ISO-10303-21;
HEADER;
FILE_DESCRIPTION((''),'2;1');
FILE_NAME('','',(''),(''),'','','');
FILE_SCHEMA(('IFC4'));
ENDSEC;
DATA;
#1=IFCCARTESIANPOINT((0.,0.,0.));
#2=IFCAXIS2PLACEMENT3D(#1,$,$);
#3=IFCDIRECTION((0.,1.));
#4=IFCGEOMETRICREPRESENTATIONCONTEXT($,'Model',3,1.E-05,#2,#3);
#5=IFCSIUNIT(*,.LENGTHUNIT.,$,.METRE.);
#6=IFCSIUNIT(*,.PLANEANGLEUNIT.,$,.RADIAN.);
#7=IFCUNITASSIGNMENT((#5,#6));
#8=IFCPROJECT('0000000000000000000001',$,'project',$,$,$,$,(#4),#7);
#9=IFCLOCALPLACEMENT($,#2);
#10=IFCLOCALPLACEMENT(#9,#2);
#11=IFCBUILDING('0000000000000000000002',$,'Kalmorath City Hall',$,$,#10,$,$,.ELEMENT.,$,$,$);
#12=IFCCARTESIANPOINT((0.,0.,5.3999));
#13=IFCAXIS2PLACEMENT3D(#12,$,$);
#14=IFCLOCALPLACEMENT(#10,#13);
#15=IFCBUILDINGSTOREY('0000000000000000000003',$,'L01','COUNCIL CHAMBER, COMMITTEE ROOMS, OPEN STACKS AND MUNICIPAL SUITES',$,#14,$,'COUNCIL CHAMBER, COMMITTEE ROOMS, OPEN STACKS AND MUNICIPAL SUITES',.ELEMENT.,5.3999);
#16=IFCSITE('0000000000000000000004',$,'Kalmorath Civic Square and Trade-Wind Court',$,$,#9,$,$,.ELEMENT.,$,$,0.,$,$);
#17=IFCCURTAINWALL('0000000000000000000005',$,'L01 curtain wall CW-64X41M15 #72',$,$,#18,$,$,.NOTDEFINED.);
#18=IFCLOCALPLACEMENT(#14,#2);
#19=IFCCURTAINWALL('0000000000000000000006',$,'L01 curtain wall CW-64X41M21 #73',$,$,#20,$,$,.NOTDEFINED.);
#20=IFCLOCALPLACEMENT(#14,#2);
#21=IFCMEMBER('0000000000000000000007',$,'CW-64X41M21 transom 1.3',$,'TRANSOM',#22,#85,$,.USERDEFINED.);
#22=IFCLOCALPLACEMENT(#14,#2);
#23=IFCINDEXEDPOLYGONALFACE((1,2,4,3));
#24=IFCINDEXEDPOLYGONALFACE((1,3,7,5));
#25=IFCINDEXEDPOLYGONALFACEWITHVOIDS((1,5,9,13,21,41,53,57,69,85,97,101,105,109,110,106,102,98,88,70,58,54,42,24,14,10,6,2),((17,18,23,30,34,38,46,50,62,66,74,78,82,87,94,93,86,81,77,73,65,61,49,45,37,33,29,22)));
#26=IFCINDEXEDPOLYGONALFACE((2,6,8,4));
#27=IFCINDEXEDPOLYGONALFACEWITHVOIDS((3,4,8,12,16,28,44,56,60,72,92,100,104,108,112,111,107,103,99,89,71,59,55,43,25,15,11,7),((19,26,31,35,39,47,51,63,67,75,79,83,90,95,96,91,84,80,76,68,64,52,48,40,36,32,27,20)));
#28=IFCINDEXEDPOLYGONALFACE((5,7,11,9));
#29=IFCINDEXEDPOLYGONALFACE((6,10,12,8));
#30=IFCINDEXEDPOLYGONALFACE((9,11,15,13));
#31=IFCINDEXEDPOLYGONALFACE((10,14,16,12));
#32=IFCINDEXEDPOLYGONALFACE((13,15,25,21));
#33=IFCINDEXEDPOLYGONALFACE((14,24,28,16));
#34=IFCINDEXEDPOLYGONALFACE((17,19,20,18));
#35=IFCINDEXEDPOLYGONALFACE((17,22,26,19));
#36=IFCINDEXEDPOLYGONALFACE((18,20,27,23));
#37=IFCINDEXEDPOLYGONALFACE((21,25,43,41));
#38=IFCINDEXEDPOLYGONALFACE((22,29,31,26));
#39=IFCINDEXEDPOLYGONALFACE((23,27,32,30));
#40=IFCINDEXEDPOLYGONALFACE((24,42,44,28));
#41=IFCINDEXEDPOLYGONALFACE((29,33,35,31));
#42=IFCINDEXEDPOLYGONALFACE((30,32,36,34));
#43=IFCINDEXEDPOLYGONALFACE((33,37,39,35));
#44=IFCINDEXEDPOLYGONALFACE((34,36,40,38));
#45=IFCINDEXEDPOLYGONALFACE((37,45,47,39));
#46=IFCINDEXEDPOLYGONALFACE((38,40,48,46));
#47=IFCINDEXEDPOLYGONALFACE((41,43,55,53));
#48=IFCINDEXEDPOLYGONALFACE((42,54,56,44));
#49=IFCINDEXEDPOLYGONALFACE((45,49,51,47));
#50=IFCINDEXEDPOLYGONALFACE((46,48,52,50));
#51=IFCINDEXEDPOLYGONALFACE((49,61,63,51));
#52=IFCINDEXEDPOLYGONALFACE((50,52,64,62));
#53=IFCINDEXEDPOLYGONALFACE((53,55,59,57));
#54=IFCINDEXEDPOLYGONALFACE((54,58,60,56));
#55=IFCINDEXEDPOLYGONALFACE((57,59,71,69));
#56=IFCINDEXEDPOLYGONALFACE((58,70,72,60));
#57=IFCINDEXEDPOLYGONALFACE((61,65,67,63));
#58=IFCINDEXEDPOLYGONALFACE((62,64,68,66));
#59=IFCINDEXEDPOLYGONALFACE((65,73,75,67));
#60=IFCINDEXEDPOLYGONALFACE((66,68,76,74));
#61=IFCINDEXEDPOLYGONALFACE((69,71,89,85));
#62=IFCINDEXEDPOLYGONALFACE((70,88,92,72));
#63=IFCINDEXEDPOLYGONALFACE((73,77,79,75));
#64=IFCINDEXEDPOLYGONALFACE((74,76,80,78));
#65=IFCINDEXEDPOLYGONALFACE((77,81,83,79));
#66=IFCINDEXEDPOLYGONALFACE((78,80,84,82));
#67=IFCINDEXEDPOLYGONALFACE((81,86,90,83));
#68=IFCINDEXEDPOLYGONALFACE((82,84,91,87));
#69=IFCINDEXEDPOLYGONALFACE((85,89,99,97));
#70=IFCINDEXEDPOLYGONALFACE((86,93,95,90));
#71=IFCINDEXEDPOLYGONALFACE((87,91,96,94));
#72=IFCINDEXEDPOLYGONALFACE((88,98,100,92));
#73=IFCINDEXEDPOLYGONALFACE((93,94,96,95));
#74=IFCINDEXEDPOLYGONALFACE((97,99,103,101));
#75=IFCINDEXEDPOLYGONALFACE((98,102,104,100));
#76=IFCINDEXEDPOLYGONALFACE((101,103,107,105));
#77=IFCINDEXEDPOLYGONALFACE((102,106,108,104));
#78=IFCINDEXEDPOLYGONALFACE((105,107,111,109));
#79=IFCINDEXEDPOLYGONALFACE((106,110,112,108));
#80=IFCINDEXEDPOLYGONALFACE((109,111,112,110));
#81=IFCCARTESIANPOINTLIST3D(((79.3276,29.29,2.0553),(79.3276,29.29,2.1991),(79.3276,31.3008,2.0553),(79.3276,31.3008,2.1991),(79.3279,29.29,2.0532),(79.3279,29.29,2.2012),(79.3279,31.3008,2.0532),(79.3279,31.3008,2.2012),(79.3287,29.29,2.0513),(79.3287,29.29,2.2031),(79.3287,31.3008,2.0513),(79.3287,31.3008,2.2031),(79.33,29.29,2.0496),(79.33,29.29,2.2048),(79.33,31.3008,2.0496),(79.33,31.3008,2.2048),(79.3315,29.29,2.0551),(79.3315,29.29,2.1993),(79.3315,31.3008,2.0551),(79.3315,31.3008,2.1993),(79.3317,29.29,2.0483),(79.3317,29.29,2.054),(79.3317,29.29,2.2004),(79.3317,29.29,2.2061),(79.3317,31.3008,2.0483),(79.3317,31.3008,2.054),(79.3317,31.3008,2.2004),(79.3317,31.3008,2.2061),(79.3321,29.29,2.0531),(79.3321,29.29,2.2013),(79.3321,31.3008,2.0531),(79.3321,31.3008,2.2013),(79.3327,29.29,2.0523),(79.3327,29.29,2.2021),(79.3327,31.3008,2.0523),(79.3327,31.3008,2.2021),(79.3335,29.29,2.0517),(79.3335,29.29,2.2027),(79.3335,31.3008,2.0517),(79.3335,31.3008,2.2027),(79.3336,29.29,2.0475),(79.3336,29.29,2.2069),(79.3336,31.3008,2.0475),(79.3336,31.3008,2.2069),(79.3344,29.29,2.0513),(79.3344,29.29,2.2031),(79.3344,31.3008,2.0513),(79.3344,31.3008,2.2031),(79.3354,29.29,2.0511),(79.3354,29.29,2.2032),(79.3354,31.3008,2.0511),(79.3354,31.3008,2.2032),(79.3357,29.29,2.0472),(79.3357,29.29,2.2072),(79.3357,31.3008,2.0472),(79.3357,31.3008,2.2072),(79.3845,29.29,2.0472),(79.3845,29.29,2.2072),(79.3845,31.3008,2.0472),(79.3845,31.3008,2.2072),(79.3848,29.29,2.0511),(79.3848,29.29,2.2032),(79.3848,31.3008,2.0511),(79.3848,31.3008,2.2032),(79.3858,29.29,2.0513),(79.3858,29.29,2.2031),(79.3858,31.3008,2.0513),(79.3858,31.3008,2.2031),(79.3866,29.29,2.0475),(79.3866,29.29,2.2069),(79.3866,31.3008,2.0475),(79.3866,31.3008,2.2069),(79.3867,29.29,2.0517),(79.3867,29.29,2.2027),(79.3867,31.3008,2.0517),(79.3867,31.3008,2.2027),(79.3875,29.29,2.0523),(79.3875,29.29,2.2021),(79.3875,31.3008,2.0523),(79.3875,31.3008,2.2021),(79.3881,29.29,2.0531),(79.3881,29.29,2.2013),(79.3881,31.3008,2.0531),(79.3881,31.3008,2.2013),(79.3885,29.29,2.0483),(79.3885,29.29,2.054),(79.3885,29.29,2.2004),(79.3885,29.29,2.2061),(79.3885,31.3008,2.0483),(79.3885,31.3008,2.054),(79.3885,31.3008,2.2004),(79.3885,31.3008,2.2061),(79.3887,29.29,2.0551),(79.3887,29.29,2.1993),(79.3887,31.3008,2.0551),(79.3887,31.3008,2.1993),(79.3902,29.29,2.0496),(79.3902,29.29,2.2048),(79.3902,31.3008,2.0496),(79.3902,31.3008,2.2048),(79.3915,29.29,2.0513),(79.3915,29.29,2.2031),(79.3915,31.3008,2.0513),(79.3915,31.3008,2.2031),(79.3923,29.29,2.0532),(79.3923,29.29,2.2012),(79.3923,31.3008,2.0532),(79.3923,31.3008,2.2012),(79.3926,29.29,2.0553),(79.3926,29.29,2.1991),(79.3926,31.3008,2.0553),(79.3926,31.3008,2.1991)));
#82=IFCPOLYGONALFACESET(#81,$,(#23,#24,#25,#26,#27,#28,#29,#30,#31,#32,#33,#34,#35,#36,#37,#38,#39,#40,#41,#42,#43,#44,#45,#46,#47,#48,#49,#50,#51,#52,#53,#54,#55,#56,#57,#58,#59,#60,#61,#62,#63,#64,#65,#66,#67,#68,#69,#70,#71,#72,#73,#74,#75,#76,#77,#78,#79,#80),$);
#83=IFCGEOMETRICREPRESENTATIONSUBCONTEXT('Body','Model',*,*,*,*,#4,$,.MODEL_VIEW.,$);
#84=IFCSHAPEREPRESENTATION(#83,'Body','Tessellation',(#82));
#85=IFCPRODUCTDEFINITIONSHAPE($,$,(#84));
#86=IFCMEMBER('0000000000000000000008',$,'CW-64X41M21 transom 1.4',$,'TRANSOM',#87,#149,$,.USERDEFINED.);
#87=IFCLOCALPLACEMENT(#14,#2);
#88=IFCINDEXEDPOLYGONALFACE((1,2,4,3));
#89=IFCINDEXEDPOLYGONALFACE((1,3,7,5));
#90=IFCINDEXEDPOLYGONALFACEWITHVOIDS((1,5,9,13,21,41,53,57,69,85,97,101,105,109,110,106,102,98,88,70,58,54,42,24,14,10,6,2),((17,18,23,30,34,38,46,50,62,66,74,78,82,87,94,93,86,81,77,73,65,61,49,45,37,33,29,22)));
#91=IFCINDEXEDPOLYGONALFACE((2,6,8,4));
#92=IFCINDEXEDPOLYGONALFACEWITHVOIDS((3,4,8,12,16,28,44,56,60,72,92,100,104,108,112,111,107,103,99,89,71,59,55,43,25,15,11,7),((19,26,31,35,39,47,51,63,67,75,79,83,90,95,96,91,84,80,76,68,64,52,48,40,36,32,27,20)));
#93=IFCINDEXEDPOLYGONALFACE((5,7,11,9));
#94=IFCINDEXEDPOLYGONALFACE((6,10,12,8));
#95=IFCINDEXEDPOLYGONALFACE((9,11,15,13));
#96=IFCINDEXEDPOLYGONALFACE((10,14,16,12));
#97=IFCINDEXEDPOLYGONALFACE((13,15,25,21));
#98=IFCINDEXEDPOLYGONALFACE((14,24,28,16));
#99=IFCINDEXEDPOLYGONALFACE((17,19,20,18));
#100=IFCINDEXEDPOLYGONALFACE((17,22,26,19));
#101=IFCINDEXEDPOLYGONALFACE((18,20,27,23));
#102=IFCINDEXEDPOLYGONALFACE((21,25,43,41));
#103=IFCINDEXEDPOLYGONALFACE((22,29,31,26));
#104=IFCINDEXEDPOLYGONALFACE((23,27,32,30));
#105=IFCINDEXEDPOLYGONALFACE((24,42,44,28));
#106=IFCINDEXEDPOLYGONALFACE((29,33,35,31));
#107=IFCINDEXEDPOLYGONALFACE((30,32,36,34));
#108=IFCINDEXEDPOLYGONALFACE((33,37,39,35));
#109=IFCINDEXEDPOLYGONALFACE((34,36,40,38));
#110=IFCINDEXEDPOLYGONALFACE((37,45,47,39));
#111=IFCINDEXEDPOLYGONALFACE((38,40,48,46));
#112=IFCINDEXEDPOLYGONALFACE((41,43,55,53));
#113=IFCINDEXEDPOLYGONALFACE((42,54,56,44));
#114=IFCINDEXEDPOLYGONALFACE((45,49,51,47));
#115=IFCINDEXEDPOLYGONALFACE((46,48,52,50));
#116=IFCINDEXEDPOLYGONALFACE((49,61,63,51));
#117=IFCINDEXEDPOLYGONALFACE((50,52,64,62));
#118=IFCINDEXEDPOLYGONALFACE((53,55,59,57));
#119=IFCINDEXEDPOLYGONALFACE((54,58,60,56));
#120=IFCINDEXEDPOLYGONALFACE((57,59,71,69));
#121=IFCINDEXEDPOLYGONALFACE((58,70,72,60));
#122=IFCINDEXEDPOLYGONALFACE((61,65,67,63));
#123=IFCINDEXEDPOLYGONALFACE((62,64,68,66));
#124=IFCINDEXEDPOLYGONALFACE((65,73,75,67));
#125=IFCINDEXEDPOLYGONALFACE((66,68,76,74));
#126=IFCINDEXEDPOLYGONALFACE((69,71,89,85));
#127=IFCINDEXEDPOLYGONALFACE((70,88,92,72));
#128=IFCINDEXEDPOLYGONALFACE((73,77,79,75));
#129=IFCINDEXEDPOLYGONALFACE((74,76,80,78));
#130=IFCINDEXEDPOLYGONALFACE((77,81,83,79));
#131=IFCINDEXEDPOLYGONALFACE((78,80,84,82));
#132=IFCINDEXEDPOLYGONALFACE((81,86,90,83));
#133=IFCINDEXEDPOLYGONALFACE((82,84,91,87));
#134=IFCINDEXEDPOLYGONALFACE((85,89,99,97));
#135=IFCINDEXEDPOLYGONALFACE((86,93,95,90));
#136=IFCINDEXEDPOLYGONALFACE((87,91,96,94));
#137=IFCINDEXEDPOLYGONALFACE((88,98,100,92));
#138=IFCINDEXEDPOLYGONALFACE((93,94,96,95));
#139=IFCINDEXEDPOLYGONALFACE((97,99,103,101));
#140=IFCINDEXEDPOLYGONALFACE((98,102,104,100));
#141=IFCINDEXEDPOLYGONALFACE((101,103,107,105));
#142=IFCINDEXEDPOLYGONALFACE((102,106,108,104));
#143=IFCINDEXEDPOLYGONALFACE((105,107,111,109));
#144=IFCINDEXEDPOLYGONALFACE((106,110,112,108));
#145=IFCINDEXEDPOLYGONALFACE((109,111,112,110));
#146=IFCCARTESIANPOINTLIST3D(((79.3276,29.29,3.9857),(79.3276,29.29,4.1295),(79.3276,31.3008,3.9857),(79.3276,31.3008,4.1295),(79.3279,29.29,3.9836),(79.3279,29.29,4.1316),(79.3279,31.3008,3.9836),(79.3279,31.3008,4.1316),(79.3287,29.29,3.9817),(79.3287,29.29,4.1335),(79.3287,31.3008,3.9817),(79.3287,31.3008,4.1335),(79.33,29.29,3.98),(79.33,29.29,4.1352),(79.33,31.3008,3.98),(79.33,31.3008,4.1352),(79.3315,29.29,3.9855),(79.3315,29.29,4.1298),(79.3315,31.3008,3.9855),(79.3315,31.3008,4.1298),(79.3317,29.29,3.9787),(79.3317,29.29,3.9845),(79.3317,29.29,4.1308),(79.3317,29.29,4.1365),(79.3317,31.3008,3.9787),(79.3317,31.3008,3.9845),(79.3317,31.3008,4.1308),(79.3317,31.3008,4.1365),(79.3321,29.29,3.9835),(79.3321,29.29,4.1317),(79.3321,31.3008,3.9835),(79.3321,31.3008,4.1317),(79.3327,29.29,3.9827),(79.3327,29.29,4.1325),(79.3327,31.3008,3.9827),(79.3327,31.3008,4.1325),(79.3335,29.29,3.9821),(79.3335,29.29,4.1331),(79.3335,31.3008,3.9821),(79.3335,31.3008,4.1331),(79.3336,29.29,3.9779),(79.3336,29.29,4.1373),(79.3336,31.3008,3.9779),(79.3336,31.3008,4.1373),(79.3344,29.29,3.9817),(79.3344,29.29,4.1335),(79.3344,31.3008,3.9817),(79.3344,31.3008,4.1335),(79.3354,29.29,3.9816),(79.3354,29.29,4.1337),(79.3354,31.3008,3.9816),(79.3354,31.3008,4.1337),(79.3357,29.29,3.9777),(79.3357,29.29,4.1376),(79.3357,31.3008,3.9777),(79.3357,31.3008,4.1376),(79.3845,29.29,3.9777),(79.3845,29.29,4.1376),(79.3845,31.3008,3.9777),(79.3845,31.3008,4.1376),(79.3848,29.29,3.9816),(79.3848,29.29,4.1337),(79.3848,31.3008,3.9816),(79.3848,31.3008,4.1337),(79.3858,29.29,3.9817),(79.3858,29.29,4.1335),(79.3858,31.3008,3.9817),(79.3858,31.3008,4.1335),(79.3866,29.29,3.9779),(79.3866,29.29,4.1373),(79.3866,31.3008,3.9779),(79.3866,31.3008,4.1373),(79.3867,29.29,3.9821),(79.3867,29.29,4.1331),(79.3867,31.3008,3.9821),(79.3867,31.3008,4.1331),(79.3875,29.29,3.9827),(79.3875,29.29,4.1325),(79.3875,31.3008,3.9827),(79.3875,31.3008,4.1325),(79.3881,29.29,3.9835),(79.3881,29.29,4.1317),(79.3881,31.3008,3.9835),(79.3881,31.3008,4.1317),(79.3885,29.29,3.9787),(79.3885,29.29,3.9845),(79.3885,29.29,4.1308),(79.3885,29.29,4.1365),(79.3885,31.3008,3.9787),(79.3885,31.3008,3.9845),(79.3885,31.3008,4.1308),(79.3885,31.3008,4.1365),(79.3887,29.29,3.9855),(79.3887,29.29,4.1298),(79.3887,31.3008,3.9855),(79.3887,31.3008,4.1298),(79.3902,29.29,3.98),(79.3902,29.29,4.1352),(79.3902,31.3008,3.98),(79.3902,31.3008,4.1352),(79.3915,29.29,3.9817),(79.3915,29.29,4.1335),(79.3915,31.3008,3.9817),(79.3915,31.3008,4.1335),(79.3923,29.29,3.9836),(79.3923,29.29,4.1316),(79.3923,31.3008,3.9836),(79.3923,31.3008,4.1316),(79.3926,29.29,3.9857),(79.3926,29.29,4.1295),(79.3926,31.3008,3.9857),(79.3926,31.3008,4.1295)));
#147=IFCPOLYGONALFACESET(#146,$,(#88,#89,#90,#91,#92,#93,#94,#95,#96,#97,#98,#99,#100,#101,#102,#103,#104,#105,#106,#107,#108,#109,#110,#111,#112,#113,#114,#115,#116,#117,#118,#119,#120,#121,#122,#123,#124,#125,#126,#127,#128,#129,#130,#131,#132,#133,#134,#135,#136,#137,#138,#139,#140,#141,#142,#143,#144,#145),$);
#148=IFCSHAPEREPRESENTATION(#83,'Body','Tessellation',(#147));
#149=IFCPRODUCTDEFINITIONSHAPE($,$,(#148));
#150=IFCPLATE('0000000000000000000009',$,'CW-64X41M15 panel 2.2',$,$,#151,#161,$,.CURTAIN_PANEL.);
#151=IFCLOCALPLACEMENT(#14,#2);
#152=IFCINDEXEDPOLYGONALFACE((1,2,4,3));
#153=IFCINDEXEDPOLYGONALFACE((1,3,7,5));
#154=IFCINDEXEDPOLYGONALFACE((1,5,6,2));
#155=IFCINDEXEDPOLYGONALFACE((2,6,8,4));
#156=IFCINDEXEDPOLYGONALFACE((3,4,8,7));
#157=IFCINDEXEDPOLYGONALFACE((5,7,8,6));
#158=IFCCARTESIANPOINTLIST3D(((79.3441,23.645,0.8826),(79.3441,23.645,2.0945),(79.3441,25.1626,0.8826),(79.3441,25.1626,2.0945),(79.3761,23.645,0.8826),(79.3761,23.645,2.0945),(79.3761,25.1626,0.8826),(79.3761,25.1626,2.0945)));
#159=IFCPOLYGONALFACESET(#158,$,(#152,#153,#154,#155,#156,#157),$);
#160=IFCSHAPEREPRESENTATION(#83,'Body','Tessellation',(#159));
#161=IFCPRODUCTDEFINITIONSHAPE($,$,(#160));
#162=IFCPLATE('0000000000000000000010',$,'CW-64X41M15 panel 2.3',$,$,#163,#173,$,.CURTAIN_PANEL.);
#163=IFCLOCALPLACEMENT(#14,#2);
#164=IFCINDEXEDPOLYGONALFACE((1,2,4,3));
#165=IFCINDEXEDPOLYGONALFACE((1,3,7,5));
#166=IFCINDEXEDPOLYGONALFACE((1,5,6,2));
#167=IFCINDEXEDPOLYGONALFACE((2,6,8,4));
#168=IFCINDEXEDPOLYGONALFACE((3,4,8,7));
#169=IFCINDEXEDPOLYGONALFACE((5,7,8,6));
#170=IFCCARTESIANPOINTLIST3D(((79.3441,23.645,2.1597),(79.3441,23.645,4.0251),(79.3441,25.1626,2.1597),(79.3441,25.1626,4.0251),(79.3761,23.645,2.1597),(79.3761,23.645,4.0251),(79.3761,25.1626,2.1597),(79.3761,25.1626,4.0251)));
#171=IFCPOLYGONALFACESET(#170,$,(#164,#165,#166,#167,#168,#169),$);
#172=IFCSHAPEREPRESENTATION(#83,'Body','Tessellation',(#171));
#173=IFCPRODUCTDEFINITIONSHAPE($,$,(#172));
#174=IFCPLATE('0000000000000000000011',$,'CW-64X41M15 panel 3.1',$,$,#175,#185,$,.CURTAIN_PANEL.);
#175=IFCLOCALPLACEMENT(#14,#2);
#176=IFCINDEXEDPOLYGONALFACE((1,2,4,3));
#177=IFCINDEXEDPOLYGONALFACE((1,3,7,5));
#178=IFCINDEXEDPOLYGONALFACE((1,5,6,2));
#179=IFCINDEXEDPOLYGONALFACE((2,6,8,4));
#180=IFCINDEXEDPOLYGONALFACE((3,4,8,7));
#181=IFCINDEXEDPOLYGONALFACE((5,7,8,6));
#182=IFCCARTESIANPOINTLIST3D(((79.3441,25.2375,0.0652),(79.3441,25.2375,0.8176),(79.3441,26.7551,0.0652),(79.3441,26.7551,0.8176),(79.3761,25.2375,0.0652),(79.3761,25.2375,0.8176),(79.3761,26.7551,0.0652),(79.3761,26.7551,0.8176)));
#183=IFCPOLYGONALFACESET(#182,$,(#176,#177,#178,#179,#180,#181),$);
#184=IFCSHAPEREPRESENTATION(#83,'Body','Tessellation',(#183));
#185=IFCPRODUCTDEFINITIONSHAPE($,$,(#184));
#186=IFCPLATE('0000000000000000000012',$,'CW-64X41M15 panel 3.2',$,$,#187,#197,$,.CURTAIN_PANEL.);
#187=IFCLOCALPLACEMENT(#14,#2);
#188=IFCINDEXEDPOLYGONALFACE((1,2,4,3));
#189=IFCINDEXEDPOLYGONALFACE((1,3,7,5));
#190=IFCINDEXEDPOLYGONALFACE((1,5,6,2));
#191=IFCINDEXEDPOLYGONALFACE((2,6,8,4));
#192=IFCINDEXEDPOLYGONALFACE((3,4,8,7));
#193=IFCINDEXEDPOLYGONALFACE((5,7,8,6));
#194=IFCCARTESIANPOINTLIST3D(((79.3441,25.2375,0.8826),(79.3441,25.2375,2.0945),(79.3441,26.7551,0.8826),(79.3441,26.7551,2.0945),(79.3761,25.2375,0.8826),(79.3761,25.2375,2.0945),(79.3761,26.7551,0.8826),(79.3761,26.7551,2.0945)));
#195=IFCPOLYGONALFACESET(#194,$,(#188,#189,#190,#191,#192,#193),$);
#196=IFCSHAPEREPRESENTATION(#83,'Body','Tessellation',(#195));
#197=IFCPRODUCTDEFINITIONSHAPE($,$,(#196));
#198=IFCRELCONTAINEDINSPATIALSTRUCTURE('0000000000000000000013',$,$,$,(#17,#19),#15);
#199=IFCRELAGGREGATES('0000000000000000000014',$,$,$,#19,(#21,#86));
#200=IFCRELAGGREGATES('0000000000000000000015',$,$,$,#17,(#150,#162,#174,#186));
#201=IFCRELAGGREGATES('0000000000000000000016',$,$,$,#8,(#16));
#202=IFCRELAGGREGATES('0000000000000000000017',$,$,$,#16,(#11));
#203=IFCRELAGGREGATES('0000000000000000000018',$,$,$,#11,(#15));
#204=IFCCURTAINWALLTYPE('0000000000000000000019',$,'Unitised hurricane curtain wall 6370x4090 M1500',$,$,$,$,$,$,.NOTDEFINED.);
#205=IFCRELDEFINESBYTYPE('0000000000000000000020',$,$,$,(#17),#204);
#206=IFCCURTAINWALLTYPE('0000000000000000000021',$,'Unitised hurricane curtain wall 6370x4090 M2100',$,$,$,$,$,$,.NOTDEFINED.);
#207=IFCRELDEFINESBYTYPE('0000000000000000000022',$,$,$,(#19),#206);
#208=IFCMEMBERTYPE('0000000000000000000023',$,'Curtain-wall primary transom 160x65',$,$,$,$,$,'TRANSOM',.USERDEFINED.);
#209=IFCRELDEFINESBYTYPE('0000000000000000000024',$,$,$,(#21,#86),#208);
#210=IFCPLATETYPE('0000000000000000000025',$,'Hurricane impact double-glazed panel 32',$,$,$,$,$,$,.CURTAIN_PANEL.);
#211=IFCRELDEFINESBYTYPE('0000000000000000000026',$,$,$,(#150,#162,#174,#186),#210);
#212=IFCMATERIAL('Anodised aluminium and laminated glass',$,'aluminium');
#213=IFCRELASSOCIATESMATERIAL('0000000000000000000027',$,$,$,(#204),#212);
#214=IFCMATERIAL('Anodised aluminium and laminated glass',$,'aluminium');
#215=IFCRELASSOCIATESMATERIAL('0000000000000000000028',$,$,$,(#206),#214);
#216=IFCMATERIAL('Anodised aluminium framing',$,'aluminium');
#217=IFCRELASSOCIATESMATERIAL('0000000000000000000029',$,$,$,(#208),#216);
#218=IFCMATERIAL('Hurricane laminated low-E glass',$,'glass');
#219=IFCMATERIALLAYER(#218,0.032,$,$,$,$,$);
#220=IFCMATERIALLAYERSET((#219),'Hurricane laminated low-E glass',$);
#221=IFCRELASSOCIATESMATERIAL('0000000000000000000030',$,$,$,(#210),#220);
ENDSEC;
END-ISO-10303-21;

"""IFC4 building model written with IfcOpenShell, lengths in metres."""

from ifc_helpers import new_model, si_unit, direction, frame, origin, origin_2d, place, context, subcontext, project, spatial, rectangle, hollow_rectangle, extrude, material, layer, layer_set, material_profile, profile_set, type_object, element, aggregate, save


model = new_model("IFC4")

# Units and contexts
model_context = context("Model", 3, precision=1e-05, world=origin(), true_north=direction((0.0, 1.0)))
body_context = subcontext(model_context, "Body", "Model", "MODEL_VIEW")
ifc_project = project(units=[si_unit("LENGTHUNIT", "METRE"), si_unit("PLANEANGLEUNIT", "RADIAN")], contexts=[model_context])

# Site, building, storey
site_placement = place(None, origin())
site = spatial("IfcSite", under=ifc_project, at=site_placement, Name="Kalmorath Civic Square and Trade-Wind Court", CompositionType="ELEMENT", RefElevation=0.0)
building_placement = place(site_placement, origin())
building = spatial("IfcBuilding", under=site, at=building_placement, Name="Kalmorath City Hall", CompositionType="ELEMENT")
storey_placement = place(building_placement, frame((0.0, 0.0, 5.3999)))
storey = spatial("IfcBuildingStorey", under=building, at=storey_placement, Name="L01", Description="COUNCIL CHAMBER, COMMITTEE ROOMS, OPEN STACKS AND MUNICIPAL SUITES", LongName="COUNCIL CHAMBER, COMMITTEE ROOMS, OPEN STACKS AND MUNICIPAL SUITES", CompositionType="ELEMENT", Elevation=5.3999)

# Curtain wall
ifc_material_1 = material(Name="Anodised aluminium and laminated glass", Category="aluminium")
curtain_wall_type_1 = type_object("IfcCurtainWallType", Name="Unitised hurricane curtain wall 6370x4090 M1500", PredefinedType="NOTDEFINED", material=ifc_material_1)
curtain_wall_1_placement = place(storey_placement, origin())
curtain_wall_1 = element("IfcCurtainWall", 1, at=curtain_wall_1_placement, inside=storey, type_object=curtain_wall_type_1, Name="L01 curtain wall CW-64X41M15 #72", PredefinedType="NOTDEFINED")

# Curtain wall
ifc_material_2 = material(Name="Anodised aluminium and laminated glass", Category="aluminium")
curtain_wall_type_2 = type_object("IfcCurtainWallType", Name="Unitised hurricane curtain wall 6370x4090 M2100", PredefinedType="NOTDEFINED", material=ifc_material_2)
curtain_wall_2_placement = place(storey_placement, origin())
curtain_wall_2 = element("IfcCurtainWall", 2, at=curtain_wall_2_placement, inside=storey, type_object=curtain_wall_type_2, Name="L01 curtain wall CW-64X41M21 #73", PredefinedType="NOTDEFINED")

# Members
ifc_material_3 = material(Name="Anodised aluminium framing", Category="aluminium")
ifc_material_profile_1 = material_profile(ifc_material_3, hollow_rectangle(XDim=0.0649, YDim=0.1599, WallThickness=0.0039, InnerFilletRadius=0.0039, OuterFilletRadius=0.0081, at=origin_2d()), Name="ALU-TRN-160X65X4")
ifc_profile_set_1 = profile_set([ifc_material_profile_1], Name="Anodised aluminium framing")
member_type_1 = type_object("IfcMemberType", Name="Curtain-wall primary transom 160x65", ElementType="TRANSOM", PredefinedType="USERDEFINED", material=ifc_profile_set_1)
member_1_placement = place(storey_placement, frame((79.3601, 29.29, 2.1272), z_axis=(0.0, 1.0, 0.0), x_axis=(-1.0, 0.0, 0.0)))
member_1 = element("IfcMember", 3, at=member_1_placement, type_object=member_type_1, Name="CW-64X41M21 transom 1.3", ObjectType="TRANSOM", PredefinedType="USERDEFINED", context=body_context, shape_type="SweptSolid", body=[
    extrude(hollow_rectangle(XDim=0.0649, YDim=0.1599, WallThickness=0.0039, InnerFilletRadius=0.0039, OuterFilletRadius=0.0081, at=origin_2d()), origin(), (0.0, 0.0, 1.0), 2.0107),
])
member_2_placement = place(storey_placement, frame((79.3601, 29.29, 4.0576), z_axis=(0.0, 1.0, 0.0), x_axis=(-1.0, 0.0, 0.0)))
member_2 = element("IfcMember", 4, at=member_2_placement, type_object=member_type_1, Name="CW-64X41M21 transom 1.4", ObjectType="TRANSOM", PredefinedType="USERDEFINED", context=body_context, shape_type="SweptSolid", body=[
    extrude(hollow_rectangle(XDim=0.0649, YDim=0.1599, WallThickness=0.0039, InnerFilletRadius=0.0039, OuterFilletRadius=0.0081, at=origin_2d()), origin(), (0.0, 0.0, 1.0), 2.0107),
])
aggregate(curtain_wall_2, [member_1, member_2])

# Plates
ifc_material_4 = material(Name="Hurricane laminated low-E glass", Category="glass")
ifc_layer = layer(ifc_material_4, 0.032)
ifc_layer_set = layer_set([ifc_layer], Name="Hurricane laminated low-E glass")
plate_type = type_object("IfcPlateType", Name="Hurricane impact double-glazed panel 32", PredefinedType="CURTAIN_PANEL", material=ifc_layer_set)
plate_1_placement = place(storey_placement, frame((79.3601, 24.4038, 0.8826), z_axis=(0.0, 0.0, 1.0), x_axis=(0.0, 1.0, 0.0)))
plate_1 = element("IfcPlate", 5, at=plate_1_placement, type_object=plate_type, Name="CW-64X41M15 panel 2.2", PredefinedType="CURTAIN_PANEL", context=body_context, shape_type="SweptSolid", body=[
    extrude(rectangle(XDim=1.5176, YDim=0.032, at=origin_2d()), origin(), (0.0, 0.0, 1.0), 1.2119),
])
plate_2_placement = place(storey_placement, frame((79.3601, 24.4038, 2.1597), z_axis=(0.0, 0.0, 1.0), x_axis=(0.0, 1.0, 0.0)))
plate_2 = element("IfcPlate", 6, at=plate_2_placement, type_object=plate_type, Name="CW-64X41M15 panel 2.3", PredefinedType="CURTAIN_PANEL", context=body_context, shape_type="SweptSolid", body=[
    extrude(rectangle(XDim=1.5176, YDim=0.032, at=origin_2d()), origin(), (0.0, 0.0, 1.0), 1.8655),
])
plate_3_placement = place(storey_placement, frame((79.3601, 25.9963, 0.0652), z_axis=(0.0, 0.0, 1.0), x_axis=(0.0, 1.0, 0.0)))
plate_3 = element("IfcPlate", 7, at=plate_3_placement, type_object=plate_type, Name="CW-64X41M15 panel 3.1", PredefinedType="CURTAIN_PANEL", context=body_context, shape_type="SweptSolid", body=[
    extrude(rectangle(XDim=1.5176, YDim=0.032, at=origin_2d()), origin(), (0.0, 0.0, 1.0), 0.7524),
])
plate_4_placement = place(storey_placement, frame((79.3601, 25.9963, 0.8826), z_axis=(0.0, 0.0, 1.0), x_axis=(0.0, 1.0, 0.0)))
plate_4 = element("IfcPlate", 8, at=plate_4_placement, type_object=plate_type, Name="CW-64X41M15 panel 3.2", PredefinedType="CURTAIN_PANEL", context=body_context, shape_type="SweptSolid", body=[
    extrude(rectangle(XDim=1.5176, YDim=0.032, at=origin_2d()), origin(), (0.0, 0.0, 1.0), 1.2119),
])
aggregate(curtain_wall_1, [plate_1, plate_2, plate_3, plate_4])

save(model, "model.ifc")
